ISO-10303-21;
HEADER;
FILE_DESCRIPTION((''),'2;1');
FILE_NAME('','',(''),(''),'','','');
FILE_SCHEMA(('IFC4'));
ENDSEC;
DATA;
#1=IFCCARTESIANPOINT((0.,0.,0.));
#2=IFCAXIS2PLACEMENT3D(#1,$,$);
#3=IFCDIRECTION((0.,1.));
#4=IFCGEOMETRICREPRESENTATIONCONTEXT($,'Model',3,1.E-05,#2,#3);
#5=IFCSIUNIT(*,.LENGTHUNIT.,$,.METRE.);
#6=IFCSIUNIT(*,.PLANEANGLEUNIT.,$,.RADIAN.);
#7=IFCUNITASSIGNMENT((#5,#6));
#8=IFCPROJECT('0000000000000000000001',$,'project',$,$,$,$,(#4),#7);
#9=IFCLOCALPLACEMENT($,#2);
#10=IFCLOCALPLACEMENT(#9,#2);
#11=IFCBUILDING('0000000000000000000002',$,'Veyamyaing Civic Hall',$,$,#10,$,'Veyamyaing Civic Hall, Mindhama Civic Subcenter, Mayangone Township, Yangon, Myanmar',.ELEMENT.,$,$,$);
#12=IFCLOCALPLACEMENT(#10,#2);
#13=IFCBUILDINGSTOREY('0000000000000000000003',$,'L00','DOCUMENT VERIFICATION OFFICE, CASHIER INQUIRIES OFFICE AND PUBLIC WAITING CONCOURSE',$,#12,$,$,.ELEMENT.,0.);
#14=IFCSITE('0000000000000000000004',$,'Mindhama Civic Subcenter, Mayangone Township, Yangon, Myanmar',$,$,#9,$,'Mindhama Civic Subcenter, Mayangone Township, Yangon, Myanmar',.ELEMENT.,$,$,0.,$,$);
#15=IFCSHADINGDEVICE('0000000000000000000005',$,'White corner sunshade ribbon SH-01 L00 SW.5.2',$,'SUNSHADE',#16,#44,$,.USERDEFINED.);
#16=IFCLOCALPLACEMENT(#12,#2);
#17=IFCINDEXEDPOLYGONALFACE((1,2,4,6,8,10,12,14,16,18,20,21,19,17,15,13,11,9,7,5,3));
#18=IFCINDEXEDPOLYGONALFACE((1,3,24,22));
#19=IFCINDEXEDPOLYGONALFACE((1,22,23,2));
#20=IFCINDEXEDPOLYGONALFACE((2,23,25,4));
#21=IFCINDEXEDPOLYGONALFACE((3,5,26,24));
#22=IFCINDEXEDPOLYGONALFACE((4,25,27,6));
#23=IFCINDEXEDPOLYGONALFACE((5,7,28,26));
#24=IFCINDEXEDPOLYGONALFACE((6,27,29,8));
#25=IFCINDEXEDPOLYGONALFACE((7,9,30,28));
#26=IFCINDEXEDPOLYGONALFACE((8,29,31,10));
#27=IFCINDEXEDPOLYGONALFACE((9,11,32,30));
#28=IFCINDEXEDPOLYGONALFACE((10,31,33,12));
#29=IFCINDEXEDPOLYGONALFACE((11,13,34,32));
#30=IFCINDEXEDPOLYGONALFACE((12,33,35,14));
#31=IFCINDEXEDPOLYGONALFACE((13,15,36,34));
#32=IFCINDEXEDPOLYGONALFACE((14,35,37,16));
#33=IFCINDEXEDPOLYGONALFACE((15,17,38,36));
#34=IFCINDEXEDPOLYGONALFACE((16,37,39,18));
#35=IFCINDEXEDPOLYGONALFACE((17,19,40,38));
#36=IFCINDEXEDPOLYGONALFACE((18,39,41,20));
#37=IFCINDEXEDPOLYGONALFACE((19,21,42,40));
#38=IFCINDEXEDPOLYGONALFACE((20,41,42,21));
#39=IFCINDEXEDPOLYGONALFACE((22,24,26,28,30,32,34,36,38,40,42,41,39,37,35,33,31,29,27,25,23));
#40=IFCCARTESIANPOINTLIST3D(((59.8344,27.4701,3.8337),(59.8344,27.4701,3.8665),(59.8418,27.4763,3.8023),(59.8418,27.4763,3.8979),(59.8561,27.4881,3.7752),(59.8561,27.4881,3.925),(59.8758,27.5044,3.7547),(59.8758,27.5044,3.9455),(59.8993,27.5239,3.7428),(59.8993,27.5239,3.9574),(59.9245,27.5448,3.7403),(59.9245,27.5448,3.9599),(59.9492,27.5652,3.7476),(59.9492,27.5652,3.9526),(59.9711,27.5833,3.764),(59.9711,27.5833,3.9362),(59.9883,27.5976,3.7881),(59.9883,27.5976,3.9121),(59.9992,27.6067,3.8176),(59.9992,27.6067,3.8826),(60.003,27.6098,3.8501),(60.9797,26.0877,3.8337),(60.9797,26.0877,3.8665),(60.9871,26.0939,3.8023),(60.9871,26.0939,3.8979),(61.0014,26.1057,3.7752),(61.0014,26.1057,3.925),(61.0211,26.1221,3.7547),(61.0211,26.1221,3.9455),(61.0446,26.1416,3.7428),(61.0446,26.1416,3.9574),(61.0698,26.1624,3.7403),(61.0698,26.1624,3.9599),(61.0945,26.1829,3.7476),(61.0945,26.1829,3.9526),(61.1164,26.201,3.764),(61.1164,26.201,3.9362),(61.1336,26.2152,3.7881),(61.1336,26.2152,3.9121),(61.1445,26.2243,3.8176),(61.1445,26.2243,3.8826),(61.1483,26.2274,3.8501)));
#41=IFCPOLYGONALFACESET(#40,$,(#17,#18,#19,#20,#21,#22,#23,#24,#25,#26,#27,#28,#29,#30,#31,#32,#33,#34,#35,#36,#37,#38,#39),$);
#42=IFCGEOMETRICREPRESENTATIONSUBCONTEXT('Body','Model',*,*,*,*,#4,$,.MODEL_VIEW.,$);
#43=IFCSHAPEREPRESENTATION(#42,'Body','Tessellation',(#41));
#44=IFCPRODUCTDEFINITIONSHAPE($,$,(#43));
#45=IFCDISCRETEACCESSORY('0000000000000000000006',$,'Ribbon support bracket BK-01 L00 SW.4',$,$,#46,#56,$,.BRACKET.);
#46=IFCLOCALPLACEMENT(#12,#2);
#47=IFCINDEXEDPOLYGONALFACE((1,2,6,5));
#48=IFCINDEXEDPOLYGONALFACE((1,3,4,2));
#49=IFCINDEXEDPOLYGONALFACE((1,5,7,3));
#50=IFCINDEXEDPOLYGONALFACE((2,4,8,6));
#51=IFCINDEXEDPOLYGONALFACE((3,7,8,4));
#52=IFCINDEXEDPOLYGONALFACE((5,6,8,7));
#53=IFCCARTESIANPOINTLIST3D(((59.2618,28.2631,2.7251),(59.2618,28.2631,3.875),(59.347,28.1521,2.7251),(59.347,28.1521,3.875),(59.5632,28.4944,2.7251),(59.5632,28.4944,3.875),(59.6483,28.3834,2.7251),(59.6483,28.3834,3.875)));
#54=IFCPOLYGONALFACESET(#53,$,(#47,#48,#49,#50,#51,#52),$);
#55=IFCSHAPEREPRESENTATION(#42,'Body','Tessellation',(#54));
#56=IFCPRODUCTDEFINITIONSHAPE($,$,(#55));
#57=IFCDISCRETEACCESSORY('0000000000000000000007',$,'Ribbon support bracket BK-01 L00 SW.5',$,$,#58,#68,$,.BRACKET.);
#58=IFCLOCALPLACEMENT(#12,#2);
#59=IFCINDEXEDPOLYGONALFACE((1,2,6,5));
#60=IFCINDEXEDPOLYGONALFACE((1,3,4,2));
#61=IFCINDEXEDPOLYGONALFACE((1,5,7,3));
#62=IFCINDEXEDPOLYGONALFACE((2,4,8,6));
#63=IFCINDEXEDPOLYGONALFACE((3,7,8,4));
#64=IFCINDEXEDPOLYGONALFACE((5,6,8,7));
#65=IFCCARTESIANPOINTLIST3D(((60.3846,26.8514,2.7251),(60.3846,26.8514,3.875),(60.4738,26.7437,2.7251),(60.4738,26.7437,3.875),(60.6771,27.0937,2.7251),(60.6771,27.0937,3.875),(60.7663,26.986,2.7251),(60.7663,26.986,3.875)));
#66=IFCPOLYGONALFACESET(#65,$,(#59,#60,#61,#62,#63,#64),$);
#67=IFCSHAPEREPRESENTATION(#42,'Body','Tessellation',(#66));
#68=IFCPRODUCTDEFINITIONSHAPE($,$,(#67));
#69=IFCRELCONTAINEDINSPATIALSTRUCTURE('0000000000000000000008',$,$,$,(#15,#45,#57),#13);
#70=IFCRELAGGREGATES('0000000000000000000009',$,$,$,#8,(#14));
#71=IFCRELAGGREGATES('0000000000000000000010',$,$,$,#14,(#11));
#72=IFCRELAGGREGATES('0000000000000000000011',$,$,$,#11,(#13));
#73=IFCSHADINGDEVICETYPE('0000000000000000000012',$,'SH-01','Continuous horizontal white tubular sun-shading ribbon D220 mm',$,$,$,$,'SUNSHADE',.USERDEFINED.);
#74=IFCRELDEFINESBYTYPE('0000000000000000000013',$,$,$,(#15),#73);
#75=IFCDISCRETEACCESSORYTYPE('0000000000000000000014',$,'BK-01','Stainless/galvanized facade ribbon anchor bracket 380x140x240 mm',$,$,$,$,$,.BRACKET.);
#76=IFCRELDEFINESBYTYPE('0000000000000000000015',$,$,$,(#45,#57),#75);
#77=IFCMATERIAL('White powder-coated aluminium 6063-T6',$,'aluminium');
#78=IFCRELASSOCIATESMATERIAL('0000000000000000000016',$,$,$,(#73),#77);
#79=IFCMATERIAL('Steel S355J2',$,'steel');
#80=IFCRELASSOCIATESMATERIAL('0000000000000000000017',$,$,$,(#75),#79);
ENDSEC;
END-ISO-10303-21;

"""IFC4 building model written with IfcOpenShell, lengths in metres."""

from ifc_helpers import new_model, si_unit, direction, frame, origin, origin_2d, place, context, subcontext, project, spatial, rectangle, circle, extrude, material, material_profile, profile_set, type_object, element, save


model = new_model("IFC4")

# Units and contexts
model_context = context("Model", 3, precision=1e-05, world=origin(), true_north=direction((0.0, 1.0)))
body_context = subcontext(model_context, "Body", "Model", "MODEL_VIEW")
ifc_project = project(units=[si_unit("LENGTHUNIT", "METRE"), si_unit("PLANEANGLEUNIT", "RADIAN")], contexts=[model_context])

# Site, building, storey
site_placement = place(None, origin())
site = spatial("IfcSite", under=ifc_project, at=site_placement, Name="Mindhama Civic Subcenter, Mayangone Township, Yangon, Myanmar", LongName="Mindhama Civic Subcenter, Mayangone Township, Yangon, Myanmar", CompositionType="ELEMENT", RefElevation=0.0)
building_placement = place(site_placement, origin())
building = spatial("IfcBuilding", under=site, at=building_placement, Name="Veyamyaing Civic Hall", LongName="Veyamyaing Civic Hall, Mindhama Civic Subcenter, Mayangone Township, Yangon, Myanmar", CompositionType="ELEMENT")
storey_placement = place(building_placement, origin())
storey = spatial("IfcBuildingStorey", under=building, at=storey_placement, Name="L00", Description="DOCUMENT VERIFICATION OFFICE, CASHIER INQUIRIES OFFICE AND PUBLIC WAITING CONCOURSE", CompositionType="ELEMENT", Elevation=0.0)

# Shared definitions
ifc_material_1 = material(Name="White powder-coated aluminium 6063-T6", Category="aluminium")

# Shading device
ifc_material_profile_1 = material_profile(ifc_material_1, circle(Radius=0.1101, at=origin_2d()), Name="SHADE-TUBE-220")
ifc_profile_set_1 = profile_set([ifc_material_profile_1], Name="White powder-coated aluminium 6063-T6")
shading_device_type = type_object("IfcShadingDeviceType", Name="SH-01", Description="Continuous horizontal white tubular sun-shading ribbon D220 mm", ElementType="SUNSHADE", PredefinedType="USERDEFINED", material=ifc_profile_set_1)
for number, where, z_axis, x_axis, name in (
    (1, (59.9182, 27.5396, 3.8501), (0.637988, -0.770046, 0.0), (0.770046, 0.637988, 0.0), "White corner sunshade ribbon SH-01 L00 SW.5.2"),
):
    element("IfcShadingDevice", number, at=place(storey_placement, frame(where, z_axis=z_axis, x_axis=x_axis)), inside=storey, type_object=shading_device_type, Name=name, ObjectType="SUNSHADE", PredefinedType="USERDEFINED", context=body_context, shape_type="SweptSolid", body=[
        extrude(circle(Radius=0.1101, at=origin_2d()), origin(), (0.0, 0.0, 1.0), 1.7952),
    ])

# Discrete accessories
ifc_material_2 = material(Name="Steel S355J2", Category="steel")
discrete_accessory_type = type_object("IfcDiscreteAccessoryType", Name="BK-01", Description="Stainless/galvanized facade ribbon anchor bracket 380x140x240 mm", PredefinedType="BRACKET", material=ifc_material_2)
for number, where, z_axis, x_axis, name in (
    (2, (59.4551, 28.3232, 2.7251), (0.0, 0.0, 1.0), (-0.793353, -0.608761, 0.0), "Ribbon support bracket BK-01 L00 SW.4"),
    (3, (60.5754, 26.9187, 2.7251), (0.0, 0.0, 1.0), (-0.770036, -0.638, 0.0), "Ribbon support bracket BK-01 L00 SW.5"),
):
    element("IfcDiscreteAccessory", number, at=place(storey_placement, frame(where, z_axis=z_axis, x_axis=x_axis)), inside=storey, type_object=discrete_accessory_type, Name=name, PredefinedType="BRACKET", context=body_context, shape_type="SweptSolid", body=[
        extrude(rectangle(XDim=0.3799, YDim=0.1399, at=origin_2d()), origin(), (0.0, 0.0, 1.0), 1.1499),
    ])

save(model, "model.ifc")
